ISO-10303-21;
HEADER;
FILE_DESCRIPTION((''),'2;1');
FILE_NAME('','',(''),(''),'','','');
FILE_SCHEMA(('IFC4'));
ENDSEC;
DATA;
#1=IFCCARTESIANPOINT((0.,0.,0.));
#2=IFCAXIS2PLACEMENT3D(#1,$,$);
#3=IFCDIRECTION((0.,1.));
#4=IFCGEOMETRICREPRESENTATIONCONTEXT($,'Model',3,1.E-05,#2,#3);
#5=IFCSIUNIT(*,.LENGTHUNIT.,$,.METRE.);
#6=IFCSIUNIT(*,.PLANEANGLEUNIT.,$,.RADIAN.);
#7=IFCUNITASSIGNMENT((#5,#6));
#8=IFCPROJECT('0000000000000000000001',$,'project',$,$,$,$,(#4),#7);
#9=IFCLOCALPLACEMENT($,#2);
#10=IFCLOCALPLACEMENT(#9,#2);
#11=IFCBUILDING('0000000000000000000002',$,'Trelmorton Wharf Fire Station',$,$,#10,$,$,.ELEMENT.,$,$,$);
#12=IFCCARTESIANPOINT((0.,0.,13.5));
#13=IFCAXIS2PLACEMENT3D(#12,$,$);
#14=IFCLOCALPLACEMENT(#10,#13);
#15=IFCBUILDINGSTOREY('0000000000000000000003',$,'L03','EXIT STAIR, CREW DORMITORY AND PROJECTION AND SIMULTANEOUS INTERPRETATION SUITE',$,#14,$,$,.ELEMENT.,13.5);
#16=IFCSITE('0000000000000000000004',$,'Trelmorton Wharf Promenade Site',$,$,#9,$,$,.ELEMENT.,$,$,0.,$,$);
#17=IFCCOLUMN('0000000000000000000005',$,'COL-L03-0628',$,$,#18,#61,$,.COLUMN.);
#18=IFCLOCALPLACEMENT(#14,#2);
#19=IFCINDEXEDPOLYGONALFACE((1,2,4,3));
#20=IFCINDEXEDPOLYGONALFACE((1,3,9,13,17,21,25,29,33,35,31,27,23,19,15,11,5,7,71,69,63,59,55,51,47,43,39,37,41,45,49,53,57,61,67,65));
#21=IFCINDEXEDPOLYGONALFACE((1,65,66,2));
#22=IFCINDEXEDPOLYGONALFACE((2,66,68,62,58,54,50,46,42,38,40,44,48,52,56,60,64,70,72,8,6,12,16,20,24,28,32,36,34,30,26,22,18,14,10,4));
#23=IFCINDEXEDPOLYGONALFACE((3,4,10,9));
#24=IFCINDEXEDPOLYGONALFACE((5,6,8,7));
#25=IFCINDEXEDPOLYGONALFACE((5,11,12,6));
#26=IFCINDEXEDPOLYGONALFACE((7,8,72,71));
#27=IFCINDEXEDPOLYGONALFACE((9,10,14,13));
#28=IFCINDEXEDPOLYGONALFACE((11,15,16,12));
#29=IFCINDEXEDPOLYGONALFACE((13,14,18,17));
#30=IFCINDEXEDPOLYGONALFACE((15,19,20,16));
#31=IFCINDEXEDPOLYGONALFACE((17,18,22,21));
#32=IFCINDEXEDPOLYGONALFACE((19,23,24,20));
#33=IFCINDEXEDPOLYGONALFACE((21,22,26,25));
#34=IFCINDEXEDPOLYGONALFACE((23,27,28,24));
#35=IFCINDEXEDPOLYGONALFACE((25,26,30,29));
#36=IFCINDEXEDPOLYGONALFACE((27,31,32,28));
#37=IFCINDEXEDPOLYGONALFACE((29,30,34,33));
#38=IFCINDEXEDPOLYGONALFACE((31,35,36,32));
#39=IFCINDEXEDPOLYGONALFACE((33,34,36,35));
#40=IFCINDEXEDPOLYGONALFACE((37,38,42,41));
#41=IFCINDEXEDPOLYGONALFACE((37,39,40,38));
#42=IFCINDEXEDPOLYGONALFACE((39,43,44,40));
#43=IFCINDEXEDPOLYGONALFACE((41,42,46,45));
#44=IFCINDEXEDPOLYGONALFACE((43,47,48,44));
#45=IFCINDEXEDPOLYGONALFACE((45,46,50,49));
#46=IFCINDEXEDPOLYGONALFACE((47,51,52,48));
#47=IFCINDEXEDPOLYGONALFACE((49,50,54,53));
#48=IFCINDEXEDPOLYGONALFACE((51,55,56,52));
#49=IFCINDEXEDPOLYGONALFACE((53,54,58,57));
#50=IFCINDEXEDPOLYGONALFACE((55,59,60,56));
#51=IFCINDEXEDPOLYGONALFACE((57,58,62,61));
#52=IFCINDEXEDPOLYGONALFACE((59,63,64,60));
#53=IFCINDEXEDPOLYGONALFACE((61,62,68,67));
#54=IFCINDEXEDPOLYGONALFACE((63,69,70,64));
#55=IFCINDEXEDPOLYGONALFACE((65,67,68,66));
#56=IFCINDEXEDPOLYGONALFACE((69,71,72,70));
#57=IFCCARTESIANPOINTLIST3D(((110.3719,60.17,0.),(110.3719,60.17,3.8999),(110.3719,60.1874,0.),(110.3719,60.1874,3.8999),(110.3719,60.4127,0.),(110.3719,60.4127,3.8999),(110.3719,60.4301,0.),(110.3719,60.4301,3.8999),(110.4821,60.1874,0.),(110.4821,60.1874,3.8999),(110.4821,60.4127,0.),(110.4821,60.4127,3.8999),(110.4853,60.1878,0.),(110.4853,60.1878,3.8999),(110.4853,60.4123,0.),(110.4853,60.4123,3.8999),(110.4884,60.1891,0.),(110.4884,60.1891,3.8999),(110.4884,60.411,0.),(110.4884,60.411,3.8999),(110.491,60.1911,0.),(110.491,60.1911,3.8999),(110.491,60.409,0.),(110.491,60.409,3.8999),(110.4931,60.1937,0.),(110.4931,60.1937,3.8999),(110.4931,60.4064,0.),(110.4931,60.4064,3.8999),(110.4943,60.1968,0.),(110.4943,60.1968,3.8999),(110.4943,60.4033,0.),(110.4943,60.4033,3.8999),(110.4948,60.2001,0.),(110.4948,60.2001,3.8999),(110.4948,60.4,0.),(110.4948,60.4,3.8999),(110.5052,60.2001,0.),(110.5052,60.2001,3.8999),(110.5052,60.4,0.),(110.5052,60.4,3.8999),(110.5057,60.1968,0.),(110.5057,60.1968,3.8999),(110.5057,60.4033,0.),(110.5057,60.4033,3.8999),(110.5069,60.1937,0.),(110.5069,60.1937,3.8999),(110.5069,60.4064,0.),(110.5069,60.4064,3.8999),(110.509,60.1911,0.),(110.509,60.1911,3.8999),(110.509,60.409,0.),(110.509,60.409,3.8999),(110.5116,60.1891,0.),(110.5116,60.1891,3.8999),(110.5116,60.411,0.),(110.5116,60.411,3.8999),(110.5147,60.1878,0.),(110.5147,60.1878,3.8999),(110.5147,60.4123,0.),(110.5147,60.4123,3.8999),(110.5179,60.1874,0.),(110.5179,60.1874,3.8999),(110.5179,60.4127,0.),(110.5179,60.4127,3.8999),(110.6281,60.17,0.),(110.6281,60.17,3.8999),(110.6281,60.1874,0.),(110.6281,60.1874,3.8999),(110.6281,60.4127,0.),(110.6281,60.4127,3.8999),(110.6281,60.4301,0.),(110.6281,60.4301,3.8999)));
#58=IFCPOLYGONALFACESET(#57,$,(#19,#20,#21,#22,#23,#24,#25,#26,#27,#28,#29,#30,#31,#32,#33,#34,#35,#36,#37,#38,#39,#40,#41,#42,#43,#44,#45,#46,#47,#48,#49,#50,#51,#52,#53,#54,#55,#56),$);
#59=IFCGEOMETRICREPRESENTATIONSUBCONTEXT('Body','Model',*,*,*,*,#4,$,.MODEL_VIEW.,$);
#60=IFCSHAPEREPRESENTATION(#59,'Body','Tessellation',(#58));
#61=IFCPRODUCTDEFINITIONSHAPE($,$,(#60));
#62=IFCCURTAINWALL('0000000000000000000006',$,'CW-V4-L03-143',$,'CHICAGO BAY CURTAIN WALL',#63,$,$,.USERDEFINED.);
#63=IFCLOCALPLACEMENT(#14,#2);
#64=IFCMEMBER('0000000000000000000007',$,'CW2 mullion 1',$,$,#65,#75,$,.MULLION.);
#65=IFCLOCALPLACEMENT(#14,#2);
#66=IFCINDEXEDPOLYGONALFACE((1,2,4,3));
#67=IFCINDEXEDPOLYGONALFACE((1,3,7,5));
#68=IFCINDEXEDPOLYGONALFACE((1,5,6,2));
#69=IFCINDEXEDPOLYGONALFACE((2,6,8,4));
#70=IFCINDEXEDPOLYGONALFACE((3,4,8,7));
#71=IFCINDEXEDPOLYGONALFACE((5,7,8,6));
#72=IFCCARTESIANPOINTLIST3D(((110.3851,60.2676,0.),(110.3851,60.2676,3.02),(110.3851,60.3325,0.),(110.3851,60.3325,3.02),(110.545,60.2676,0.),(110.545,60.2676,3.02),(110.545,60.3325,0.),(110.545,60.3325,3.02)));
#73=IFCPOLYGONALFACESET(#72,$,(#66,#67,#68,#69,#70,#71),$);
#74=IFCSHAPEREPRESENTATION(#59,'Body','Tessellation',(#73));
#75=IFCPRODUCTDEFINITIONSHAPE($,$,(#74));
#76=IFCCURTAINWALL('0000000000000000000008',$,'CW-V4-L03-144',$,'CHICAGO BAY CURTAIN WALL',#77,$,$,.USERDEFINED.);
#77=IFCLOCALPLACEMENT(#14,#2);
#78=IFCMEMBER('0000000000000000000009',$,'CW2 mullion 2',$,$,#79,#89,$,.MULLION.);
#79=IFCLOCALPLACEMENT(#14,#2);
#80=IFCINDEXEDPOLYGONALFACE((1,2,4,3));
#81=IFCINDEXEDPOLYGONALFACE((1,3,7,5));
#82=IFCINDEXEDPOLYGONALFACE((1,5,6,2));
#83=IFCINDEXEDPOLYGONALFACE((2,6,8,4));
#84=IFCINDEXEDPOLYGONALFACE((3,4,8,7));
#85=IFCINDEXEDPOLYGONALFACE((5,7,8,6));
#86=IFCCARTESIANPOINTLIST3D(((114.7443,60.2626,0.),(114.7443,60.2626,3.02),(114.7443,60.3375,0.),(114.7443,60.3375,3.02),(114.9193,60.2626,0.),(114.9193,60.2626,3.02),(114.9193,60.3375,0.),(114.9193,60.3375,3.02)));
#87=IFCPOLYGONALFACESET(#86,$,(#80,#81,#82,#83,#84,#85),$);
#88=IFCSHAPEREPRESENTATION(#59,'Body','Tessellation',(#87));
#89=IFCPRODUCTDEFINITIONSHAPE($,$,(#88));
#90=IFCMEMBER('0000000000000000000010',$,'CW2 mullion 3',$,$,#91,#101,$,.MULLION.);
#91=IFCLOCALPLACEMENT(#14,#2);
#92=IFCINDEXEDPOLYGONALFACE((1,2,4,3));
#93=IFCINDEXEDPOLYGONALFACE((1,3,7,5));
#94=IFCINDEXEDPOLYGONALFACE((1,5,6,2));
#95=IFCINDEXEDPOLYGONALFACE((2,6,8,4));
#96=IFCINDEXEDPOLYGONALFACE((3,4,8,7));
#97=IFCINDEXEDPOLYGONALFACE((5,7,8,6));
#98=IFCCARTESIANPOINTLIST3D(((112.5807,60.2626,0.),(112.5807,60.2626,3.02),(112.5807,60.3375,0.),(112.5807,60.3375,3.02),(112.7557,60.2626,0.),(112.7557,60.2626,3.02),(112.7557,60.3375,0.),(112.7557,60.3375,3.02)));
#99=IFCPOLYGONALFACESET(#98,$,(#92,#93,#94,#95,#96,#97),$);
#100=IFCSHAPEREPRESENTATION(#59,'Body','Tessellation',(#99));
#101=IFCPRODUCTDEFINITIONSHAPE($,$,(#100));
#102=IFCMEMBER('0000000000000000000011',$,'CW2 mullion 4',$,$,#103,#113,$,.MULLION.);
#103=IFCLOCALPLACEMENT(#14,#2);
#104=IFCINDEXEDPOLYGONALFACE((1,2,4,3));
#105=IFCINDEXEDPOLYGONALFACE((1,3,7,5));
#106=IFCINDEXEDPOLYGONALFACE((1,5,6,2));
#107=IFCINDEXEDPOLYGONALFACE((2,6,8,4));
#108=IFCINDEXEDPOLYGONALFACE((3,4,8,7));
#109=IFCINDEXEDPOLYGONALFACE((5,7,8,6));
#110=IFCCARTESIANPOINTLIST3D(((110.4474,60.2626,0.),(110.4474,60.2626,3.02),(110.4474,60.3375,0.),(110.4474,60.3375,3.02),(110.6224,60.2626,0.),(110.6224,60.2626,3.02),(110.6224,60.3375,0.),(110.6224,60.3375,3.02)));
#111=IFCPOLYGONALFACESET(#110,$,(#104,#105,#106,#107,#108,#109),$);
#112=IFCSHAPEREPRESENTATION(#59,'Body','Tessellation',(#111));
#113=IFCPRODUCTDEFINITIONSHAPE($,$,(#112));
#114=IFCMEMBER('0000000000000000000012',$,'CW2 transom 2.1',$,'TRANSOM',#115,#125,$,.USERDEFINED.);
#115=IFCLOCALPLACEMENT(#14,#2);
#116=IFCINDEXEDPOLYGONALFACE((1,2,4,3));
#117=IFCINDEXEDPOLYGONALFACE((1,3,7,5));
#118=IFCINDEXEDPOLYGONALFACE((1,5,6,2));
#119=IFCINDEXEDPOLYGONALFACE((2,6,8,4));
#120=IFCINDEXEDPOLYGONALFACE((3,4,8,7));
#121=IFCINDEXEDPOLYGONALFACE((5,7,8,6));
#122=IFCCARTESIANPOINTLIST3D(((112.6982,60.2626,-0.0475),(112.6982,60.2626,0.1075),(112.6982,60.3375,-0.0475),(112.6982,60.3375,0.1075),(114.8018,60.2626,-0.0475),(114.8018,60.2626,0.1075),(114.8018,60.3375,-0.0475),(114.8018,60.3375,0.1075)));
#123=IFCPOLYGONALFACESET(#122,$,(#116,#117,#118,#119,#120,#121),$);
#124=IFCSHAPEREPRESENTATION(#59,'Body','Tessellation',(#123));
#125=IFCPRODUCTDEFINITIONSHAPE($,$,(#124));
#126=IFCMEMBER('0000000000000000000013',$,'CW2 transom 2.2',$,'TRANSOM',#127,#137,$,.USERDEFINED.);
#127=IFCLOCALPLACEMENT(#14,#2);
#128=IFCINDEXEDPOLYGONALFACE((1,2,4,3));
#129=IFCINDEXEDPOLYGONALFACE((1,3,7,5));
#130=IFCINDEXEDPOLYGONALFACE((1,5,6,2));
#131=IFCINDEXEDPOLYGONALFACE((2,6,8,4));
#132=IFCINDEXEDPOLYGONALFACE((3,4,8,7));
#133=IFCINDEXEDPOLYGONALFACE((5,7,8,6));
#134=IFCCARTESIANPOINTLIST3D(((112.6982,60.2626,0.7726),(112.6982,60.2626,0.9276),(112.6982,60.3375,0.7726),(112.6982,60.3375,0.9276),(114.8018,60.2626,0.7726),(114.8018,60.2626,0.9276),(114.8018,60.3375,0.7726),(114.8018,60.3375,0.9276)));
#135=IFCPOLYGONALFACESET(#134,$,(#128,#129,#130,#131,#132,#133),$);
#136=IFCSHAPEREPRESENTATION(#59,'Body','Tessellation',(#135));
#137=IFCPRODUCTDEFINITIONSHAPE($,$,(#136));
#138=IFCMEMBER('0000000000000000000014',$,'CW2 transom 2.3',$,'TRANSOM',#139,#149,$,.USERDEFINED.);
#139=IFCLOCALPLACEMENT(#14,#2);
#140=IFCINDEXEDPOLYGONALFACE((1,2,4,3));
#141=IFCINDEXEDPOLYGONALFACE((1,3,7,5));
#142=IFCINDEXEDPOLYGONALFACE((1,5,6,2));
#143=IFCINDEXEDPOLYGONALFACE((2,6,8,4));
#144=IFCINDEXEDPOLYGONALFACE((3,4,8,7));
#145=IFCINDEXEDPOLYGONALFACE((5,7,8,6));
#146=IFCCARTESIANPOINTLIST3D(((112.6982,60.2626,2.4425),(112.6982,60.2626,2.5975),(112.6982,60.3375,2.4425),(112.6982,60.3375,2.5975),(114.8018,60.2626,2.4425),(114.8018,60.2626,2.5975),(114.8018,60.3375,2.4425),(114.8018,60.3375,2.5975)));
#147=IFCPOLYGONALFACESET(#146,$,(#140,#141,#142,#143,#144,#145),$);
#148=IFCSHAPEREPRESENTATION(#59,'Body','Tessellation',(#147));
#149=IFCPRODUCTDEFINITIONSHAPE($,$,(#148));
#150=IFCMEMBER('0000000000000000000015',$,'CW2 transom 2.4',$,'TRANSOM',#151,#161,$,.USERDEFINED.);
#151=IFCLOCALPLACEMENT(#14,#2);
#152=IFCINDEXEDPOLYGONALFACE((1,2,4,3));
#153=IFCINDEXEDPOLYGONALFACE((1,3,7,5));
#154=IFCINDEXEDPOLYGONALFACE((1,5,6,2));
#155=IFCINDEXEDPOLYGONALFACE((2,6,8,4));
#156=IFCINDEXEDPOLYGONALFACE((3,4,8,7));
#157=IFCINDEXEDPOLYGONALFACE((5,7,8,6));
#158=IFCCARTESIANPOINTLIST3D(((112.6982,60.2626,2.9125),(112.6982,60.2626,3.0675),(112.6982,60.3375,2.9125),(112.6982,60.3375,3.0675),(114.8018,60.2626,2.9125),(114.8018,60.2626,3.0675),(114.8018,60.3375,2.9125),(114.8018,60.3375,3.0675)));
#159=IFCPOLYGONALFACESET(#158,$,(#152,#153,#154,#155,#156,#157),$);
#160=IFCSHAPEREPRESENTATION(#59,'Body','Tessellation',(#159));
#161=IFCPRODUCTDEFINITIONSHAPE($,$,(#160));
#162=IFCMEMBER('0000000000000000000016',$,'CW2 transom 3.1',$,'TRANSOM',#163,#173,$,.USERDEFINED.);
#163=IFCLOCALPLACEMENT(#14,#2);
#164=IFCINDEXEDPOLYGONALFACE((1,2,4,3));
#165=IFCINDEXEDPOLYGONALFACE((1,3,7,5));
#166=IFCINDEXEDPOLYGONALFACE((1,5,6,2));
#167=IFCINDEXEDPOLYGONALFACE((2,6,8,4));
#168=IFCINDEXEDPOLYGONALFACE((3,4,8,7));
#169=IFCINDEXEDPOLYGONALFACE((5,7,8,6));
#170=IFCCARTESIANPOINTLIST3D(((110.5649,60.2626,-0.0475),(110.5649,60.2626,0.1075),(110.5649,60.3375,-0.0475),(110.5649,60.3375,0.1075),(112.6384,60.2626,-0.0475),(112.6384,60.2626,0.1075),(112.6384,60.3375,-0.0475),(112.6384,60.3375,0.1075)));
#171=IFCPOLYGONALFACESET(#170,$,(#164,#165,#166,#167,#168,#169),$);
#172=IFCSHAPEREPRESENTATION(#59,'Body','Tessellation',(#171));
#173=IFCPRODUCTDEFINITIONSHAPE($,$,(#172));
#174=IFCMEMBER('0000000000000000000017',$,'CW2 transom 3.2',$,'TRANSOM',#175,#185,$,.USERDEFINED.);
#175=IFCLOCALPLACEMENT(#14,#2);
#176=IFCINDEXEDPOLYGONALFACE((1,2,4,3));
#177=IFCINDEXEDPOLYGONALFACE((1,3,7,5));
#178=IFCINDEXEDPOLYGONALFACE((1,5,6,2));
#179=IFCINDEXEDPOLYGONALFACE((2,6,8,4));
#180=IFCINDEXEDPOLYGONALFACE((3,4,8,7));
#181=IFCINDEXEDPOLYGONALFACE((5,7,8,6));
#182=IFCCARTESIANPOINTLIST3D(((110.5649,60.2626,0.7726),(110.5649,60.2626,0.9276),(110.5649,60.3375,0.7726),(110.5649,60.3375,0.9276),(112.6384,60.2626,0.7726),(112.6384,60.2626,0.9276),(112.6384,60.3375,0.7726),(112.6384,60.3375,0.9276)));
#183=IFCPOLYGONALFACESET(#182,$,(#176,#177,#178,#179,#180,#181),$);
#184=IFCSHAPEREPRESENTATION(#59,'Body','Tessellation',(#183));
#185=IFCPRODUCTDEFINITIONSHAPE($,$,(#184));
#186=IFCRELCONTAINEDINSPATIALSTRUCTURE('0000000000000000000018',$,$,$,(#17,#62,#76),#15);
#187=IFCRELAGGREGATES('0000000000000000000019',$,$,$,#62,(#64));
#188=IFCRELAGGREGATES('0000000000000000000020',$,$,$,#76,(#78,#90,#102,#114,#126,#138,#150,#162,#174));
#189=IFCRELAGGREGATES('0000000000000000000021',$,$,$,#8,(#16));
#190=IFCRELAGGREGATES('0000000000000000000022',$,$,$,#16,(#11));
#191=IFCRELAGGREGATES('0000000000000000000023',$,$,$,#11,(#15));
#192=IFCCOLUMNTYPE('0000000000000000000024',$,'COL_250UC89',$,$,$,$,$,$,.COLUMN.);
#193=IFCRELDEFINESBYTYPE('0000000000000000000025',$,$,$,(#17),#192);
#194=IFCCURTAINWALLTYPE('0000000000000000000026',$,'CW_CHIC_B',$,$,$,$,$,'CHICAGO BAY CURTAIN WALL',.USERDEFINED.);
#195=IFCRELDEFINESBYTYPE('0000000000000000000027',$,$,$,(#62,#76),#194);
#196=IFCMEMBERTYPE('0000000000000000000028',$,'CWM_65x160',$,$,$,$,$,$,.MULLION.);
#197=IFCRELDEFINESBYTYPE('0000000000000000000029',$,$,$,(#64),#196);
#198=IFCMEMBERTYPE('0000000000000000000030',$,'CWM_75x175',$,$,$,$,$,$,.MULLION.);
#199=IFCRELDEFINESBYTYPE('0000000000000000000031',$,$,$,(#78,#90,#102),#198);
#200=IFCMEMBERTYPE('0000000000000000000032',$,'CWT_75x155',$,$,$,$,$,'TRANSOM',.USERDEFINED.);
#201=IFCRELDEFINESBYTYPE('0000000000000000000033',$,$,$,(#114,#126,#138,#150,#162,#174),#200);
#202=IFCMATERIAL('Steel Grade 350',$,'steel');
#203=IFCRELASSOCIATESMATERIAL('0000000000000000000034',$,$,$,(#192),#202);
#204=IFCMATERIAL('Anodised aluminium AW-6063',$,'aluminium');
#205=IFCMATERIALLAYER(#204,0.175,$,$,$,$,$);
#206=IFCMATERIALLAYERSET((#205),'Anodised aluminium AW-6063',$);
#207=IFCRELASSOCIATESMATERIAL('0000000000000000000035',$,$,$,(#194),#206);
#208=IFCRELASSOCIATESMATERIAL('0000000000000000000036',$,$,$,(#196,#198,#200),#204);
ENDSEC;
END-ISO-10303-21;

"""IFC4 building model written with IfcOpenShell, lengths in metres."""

from ifc_helpers import new_model, si_unit, direction, frame, origin, origin_2d, place, context, subcontext, project, spatial, rectangle, i_section, extrude, material, layer, layer_set, material_profile, profile_set, type_object, element, aggregate, save


model = new_model("IFC4")

# Units and contexts
model_context = context("Model", 3, precision=1e-05, world=origin(), true_north=direction((0.0, 1.0)))
body_context = subcontext(model_context, "Body", "Model", "MODEL_VIEW")
ifc_project = project(units=[si_unit("LENGTHUNIT", "METRE"), si_unit("PLANEANGLEUNIT", "RADIAN")], contexts=[model_context])

# Site, building, storey
site_placement = place(None, origin())
site = spatial("IfcSite", under=ifc_project, at=site_placement, Name="Trelmorton Wharf Promenade Site", CompositionType="ELEMENT", RefElevation=0.0)
building_placement = place(site_placement, origin())
building = spatial("IfcBuilding", under=site, at=building_placement, Name="Trelmorton Wharf Fire Station", CompositionType="ELEMENT")
storey_placement = place(building_placement, frame((0.0, 0.0, 13.5)))
storey = spatial("IfcBuildingStorey", under=building, at=storey_placement, Name="L03", Description="EXIT STAIR, CREW DORMITORY AND PROJECTION AND SIMULTANEOUS INTERPRETATION SUITE", CompositionType="ELEMENT", Elevation=13.5)

# Column
ifc_material_1 = material(Name="Steel Grade 350", Category="steel")
ifc_material_profile_1 = material_profile(ifc_material_1, i_section(OverallWidth=0.2561, OverallDepth=0.26, WebThickness=0.0105, FlangeThickness=0.0173, FilletRadius=0.0127, at=origin_2d()), Name="250UC89.5")
ifc_profile_set_1 = profile_set([ifc_material_profile_1], Name="Steel Grade 350")
column_type = type_object("IfcColumnType", Name="COL_250UC89", PredefinedType="COLUMN", material=ifc_profile_set_1)
column_placement = place(storey_placement, frame((110.5, 60.3, 0.0), z_axis=(0.0, 0.0, 1.0), x_axis=(1.0, 0.0, 0.0)))
element("IfcColumn", 1, at=column_placement, inside=storey, type_object=column_type, Name="COL-L03-0628", PredefinedType="COLUMN", context=body_context, shape_type="SweptSolid", body=[
    extrude(i_section(OverallWidth=0.2561, OverallDepth=0.26, WebThickness=0.0105, FlangeThickness=0.0173, FilletRadius=0.0127, at=origin_2d()), origin(), (0.0, 0.0, 1.0), 3.8999),
])

# Curtain wall, member
ifc_material_2 = material(Name="Anodised aluminium AW-6063", Category="aluminium")
ifc_layer_1 = layer(ifc_material_2, 0.175)
ifc_layer_set_1 = layer_set([ifc_layer_1], Name="Anodised aluminium AW-6063")
curtain_wall_type = type_object("IfcCurtainWallType", Name="CW_CHIC_B", ElementType="CHICAGO BAY CURTAIN WALL", PredefinedType="USERDEFINED", material=ifc_layer_set_1)
curtain_wall_1_placement = place(storey_placement, origin())
curtain_wall_1 = element("IfcCurtainWall", 2, at=curtain_wall_1_placement, inside=storey, type_object=curtain_wall_type, Name="CW-V4-L03-143", ObjectType="CHICAGO BAY CURTAIN WALL", PredefinedType="USERDEFINED")
ifc_material_profile_2 = material_profile(ifc_material_2, rectangle(XDim=0.0649, YDim=0.1599, at=origin_2d()), Name="ALU-65x160")
ifc_profile_set_2 = profile_set([ifc_material_profile_2], Name="Anodised aluminium AW-6063")
member_type_1 = type_object("IfcMemberType", Name="CWM_65x160", PredefinedType="MULLION", material=ifc_profile_set_2)
member_1_placement = place(storey_placement, frame((110.4651, 60.3, 0.0), z_axis=(0.0, 0.0, 1.0), x_axis=(0.0, -1.0, 0.0)))
member_1 = element("IfcMember", 3, at=member_1_placement, type_object=member_type_1, Name="CW2 mullion 1", PredefinedType="MULLION", context=body_context, shape_type="SweptSolid", body=[
    extrude(rectangle(XDim=0.0649, YDim=0.1599, at=origin_2d()), origin(), (0.0, 0.0, 1.0), 3.02),
])
aggregate(curtain_wall_1, [member_1])

# Curtain wall, members
curtain_wall_2_placement = place(storey_placement, origin())
curtain_wall_2 = element("IfcCurtainWall", 4, at=curtain_wall_2_placement, inside=storey, type_object=curtain_wall_type, Name="CW-V4-L03-144", ObjectType="CHICAGO BAY CURTAIN WALL", PredefinedType="USERDEFINED")
ifc_material_profile_3 = material_profile(ifc_material_2, rectangle(XDim=0.075, YDim=0.175, at=origin_2d()), Name="ALU-75x175")
ifc_profile_set_3 = profile_set([ifc_material_profile_3], Name="Anodised aluminium AW-6063")
member_type_2 = type_object("IfcMemberType", Name="CWM_75x175", PredefinedType="MULLION", material=ifc_profile_set_3)
member_2_placement = place(storey_placement, frame((114.8318, 60.3, 0.0), z_axis=(0.0, 0.0, 1.0), x_axis=(0.0, -1.0, 0.0)))
member_2 = element("IfcMember", 5, at=member_2_placement, type_object=member_type_2, Name="CW2 mullion 2", PredefinedType="MULLION", context=body_context, shape_type="SweptSolid", body=[
    extrude(rectangle(XDim=0.075, YDim=0.175, at=origin_2d()), origin(), (0.0, 0.0, 1.0), 3.02),
])
member_3_placement = place(storey_placement, frame((112.6682, 60.3, 0.0), z_axis=(0.0, 0.0, 1.0), x_axis=(0.0, -1.0, 0.0)))
member_3 = element("IfcMember", 6, at=member_3_placement, type_object=member_type_2, Name="CW2 mullion 3", PredefinedType="MULLION", context=body_context, shape_type="SweptSolid", body=[
    extrude(rectangle(XDim=0.075, YDim=0.175, at=origin_2d()), origin(), (0.0, 0.0, 1.0), 3.02),
])
member_4_placement = place(storey_placement, frame((110.5349, 60.3, 0.0), z_axis=(0.0, 0.0, 1.0), x_axis=(0.0, -1.0, 0.0)))
member_4 = element("IfcMember", 7, at=member_4_placement, type_object=member_type_2, Name="CW2 mullion 4", PredefinedType="MULLION", context=body_context, shape_type="SweptSolid", body=[
    extrude(rectangle(XDim=0.075, YDim=0.175, at=origin_2d()), origin(), (0.0, 0.0, 1.0), 3.02),
])
ifc_material_profile_4 = material_profile(ifc_material_2, rectangle(XDim=0.075, YDim=0.155, at=origin_2d()), Name="ALU-75x155")
ifc_profile_set_4 = profile_set([ifc_material_profile_4], Name="Anodised aluminium AW-6063")
member_type_3 = type_object("IfcMemberType", Name="CWT_75x155", ElementType="TRANSOM", PredefinedType="USERDEFINED", material=ifc_profile_set_4)
member_5_placement = place(storey_placement, frame((114.8018, 60.3, 0.03), z_axis=(-1.0, 0.0, 0.0), x_axis=(0.0, -1.0, 0.0)))
member_5 = element("IfcMember", 8, at=member_5_placement, type_object=member_type_3, Name="CW2 transom 2.1", ObjectType="TRANSOM", PredefinedType="USERDEFINED", context=body_context, shape_type="SweptSolid", body=[
    extrude(rectangle(XDim=0.075, YDim=0.155, at=origin_2d()), origin(), (0.0, 0.0, 1.0), 2.1035),
])
member_6_placement = place(storey_placement, frame((114.8018, 60.3, 0.8501), z_axis=(-1.0, 0.0, 0.0), x_axis=(0.0, -1.0, 0.0)))
member_6 = element("IfcMember", 9, at=member_6_placement, type_object=member_type_3, Name="CW2 transom 2.2", ObjectType="TRANSOM", PredefinedType="USERDEFINED", context=body_context, shape_type="SweptSolid", body=[
    extrude(rectangle(XDim=0.075, YDim=0.155, at=origin_2d()), origin(), (0.0, 0.0, 1.0), 2.1035),
])
member_7_placement = place(storey_placement, frame((114.8018, 60.3, 2.52), z_axis=(-1.0, 0.0, 0.0), x_axis=(0.0, -1.0, 0.0)))
member_7 = element("IfcMember", 10, at=member_7_placement, type_object=member_type_3, Name="CW2 transom 2.3", ObjectType="TRANSOM", PredefinedType="USERDEFINED", context=body_context, shape_type="SweptSolid", body=[
    extrude(rectangle(XDim=0.075, YDim=0.155, at=origin_2d()), origin(), (0.0, 0.0, 1.0), 2.1035),
])
member_8_placement = place(storey_placement, frame((114.8018, 60.3, 2.99), z_axis=(-1.0, 0.0, 0.0), x_axis=(0.0, -1.0, 0.0)))
member_8 = element("IfcMember", 11, at=member_8_placement, type_object=member_type_3, Name="CW2 transom 2.4", ObjectType="TRANSOM", PredefinedType="USERDEFINED", context=body_context, shape_type="SweptSolid", body=[
    extrude(rectangle(XDim=0.075, YDim=0.155, at=origin_2d()), origin(), (0.0, 0.0, 1.0), 2.1035),
])
member_9_placement = place(storey_placement, frame((112.6384, 60.3, 0.03), z_axis=(-1.0, 0.0, 0.0), x_axis=(0.0, -1.0, 0.0)))
member_9 = element("IfcMember", 12, at=member_9_placement, type_object=member_type_3, Name="CW2 transom 3.1", ObjectType="TRANSOM", PredefinedType="USERDEFINED", context=body_context, shape_type="SweptSolid", body=[
    extrude(rectangle(XDim=0.075, YDim=0.155, at=origin_2d()), origin(), (0.0, 0.0, 1.0), 2.0735),
])
member_10_placement = place(storey_placement, frame((112.6384, 60.3, 0.8501), z_axis=(-1.0, 0.0, 0.0), x_axis=(0.0, -1.0, 0.0)))
member_10 = element("IfcMember", 13, at=member_10_placement, type_object=member_type_3, Name="CW2 transom 3.2", ObjectType="TRANSOM", PredefinedType="USERDEFINED", context=body_context, shape_type="SweptSolid", body=[
    extrude(rectangle(XDim=0.075, YDim=0.155, at=origin_2d()), origin(), (0.0, 0.0, 1.0), 2.0735),
])

aggregate(curtain_wall_2, [member_2, member_3, member_4, member_5, member_6, member_7, member_8, member_9, member_10])

save(model, "model.ifc")
